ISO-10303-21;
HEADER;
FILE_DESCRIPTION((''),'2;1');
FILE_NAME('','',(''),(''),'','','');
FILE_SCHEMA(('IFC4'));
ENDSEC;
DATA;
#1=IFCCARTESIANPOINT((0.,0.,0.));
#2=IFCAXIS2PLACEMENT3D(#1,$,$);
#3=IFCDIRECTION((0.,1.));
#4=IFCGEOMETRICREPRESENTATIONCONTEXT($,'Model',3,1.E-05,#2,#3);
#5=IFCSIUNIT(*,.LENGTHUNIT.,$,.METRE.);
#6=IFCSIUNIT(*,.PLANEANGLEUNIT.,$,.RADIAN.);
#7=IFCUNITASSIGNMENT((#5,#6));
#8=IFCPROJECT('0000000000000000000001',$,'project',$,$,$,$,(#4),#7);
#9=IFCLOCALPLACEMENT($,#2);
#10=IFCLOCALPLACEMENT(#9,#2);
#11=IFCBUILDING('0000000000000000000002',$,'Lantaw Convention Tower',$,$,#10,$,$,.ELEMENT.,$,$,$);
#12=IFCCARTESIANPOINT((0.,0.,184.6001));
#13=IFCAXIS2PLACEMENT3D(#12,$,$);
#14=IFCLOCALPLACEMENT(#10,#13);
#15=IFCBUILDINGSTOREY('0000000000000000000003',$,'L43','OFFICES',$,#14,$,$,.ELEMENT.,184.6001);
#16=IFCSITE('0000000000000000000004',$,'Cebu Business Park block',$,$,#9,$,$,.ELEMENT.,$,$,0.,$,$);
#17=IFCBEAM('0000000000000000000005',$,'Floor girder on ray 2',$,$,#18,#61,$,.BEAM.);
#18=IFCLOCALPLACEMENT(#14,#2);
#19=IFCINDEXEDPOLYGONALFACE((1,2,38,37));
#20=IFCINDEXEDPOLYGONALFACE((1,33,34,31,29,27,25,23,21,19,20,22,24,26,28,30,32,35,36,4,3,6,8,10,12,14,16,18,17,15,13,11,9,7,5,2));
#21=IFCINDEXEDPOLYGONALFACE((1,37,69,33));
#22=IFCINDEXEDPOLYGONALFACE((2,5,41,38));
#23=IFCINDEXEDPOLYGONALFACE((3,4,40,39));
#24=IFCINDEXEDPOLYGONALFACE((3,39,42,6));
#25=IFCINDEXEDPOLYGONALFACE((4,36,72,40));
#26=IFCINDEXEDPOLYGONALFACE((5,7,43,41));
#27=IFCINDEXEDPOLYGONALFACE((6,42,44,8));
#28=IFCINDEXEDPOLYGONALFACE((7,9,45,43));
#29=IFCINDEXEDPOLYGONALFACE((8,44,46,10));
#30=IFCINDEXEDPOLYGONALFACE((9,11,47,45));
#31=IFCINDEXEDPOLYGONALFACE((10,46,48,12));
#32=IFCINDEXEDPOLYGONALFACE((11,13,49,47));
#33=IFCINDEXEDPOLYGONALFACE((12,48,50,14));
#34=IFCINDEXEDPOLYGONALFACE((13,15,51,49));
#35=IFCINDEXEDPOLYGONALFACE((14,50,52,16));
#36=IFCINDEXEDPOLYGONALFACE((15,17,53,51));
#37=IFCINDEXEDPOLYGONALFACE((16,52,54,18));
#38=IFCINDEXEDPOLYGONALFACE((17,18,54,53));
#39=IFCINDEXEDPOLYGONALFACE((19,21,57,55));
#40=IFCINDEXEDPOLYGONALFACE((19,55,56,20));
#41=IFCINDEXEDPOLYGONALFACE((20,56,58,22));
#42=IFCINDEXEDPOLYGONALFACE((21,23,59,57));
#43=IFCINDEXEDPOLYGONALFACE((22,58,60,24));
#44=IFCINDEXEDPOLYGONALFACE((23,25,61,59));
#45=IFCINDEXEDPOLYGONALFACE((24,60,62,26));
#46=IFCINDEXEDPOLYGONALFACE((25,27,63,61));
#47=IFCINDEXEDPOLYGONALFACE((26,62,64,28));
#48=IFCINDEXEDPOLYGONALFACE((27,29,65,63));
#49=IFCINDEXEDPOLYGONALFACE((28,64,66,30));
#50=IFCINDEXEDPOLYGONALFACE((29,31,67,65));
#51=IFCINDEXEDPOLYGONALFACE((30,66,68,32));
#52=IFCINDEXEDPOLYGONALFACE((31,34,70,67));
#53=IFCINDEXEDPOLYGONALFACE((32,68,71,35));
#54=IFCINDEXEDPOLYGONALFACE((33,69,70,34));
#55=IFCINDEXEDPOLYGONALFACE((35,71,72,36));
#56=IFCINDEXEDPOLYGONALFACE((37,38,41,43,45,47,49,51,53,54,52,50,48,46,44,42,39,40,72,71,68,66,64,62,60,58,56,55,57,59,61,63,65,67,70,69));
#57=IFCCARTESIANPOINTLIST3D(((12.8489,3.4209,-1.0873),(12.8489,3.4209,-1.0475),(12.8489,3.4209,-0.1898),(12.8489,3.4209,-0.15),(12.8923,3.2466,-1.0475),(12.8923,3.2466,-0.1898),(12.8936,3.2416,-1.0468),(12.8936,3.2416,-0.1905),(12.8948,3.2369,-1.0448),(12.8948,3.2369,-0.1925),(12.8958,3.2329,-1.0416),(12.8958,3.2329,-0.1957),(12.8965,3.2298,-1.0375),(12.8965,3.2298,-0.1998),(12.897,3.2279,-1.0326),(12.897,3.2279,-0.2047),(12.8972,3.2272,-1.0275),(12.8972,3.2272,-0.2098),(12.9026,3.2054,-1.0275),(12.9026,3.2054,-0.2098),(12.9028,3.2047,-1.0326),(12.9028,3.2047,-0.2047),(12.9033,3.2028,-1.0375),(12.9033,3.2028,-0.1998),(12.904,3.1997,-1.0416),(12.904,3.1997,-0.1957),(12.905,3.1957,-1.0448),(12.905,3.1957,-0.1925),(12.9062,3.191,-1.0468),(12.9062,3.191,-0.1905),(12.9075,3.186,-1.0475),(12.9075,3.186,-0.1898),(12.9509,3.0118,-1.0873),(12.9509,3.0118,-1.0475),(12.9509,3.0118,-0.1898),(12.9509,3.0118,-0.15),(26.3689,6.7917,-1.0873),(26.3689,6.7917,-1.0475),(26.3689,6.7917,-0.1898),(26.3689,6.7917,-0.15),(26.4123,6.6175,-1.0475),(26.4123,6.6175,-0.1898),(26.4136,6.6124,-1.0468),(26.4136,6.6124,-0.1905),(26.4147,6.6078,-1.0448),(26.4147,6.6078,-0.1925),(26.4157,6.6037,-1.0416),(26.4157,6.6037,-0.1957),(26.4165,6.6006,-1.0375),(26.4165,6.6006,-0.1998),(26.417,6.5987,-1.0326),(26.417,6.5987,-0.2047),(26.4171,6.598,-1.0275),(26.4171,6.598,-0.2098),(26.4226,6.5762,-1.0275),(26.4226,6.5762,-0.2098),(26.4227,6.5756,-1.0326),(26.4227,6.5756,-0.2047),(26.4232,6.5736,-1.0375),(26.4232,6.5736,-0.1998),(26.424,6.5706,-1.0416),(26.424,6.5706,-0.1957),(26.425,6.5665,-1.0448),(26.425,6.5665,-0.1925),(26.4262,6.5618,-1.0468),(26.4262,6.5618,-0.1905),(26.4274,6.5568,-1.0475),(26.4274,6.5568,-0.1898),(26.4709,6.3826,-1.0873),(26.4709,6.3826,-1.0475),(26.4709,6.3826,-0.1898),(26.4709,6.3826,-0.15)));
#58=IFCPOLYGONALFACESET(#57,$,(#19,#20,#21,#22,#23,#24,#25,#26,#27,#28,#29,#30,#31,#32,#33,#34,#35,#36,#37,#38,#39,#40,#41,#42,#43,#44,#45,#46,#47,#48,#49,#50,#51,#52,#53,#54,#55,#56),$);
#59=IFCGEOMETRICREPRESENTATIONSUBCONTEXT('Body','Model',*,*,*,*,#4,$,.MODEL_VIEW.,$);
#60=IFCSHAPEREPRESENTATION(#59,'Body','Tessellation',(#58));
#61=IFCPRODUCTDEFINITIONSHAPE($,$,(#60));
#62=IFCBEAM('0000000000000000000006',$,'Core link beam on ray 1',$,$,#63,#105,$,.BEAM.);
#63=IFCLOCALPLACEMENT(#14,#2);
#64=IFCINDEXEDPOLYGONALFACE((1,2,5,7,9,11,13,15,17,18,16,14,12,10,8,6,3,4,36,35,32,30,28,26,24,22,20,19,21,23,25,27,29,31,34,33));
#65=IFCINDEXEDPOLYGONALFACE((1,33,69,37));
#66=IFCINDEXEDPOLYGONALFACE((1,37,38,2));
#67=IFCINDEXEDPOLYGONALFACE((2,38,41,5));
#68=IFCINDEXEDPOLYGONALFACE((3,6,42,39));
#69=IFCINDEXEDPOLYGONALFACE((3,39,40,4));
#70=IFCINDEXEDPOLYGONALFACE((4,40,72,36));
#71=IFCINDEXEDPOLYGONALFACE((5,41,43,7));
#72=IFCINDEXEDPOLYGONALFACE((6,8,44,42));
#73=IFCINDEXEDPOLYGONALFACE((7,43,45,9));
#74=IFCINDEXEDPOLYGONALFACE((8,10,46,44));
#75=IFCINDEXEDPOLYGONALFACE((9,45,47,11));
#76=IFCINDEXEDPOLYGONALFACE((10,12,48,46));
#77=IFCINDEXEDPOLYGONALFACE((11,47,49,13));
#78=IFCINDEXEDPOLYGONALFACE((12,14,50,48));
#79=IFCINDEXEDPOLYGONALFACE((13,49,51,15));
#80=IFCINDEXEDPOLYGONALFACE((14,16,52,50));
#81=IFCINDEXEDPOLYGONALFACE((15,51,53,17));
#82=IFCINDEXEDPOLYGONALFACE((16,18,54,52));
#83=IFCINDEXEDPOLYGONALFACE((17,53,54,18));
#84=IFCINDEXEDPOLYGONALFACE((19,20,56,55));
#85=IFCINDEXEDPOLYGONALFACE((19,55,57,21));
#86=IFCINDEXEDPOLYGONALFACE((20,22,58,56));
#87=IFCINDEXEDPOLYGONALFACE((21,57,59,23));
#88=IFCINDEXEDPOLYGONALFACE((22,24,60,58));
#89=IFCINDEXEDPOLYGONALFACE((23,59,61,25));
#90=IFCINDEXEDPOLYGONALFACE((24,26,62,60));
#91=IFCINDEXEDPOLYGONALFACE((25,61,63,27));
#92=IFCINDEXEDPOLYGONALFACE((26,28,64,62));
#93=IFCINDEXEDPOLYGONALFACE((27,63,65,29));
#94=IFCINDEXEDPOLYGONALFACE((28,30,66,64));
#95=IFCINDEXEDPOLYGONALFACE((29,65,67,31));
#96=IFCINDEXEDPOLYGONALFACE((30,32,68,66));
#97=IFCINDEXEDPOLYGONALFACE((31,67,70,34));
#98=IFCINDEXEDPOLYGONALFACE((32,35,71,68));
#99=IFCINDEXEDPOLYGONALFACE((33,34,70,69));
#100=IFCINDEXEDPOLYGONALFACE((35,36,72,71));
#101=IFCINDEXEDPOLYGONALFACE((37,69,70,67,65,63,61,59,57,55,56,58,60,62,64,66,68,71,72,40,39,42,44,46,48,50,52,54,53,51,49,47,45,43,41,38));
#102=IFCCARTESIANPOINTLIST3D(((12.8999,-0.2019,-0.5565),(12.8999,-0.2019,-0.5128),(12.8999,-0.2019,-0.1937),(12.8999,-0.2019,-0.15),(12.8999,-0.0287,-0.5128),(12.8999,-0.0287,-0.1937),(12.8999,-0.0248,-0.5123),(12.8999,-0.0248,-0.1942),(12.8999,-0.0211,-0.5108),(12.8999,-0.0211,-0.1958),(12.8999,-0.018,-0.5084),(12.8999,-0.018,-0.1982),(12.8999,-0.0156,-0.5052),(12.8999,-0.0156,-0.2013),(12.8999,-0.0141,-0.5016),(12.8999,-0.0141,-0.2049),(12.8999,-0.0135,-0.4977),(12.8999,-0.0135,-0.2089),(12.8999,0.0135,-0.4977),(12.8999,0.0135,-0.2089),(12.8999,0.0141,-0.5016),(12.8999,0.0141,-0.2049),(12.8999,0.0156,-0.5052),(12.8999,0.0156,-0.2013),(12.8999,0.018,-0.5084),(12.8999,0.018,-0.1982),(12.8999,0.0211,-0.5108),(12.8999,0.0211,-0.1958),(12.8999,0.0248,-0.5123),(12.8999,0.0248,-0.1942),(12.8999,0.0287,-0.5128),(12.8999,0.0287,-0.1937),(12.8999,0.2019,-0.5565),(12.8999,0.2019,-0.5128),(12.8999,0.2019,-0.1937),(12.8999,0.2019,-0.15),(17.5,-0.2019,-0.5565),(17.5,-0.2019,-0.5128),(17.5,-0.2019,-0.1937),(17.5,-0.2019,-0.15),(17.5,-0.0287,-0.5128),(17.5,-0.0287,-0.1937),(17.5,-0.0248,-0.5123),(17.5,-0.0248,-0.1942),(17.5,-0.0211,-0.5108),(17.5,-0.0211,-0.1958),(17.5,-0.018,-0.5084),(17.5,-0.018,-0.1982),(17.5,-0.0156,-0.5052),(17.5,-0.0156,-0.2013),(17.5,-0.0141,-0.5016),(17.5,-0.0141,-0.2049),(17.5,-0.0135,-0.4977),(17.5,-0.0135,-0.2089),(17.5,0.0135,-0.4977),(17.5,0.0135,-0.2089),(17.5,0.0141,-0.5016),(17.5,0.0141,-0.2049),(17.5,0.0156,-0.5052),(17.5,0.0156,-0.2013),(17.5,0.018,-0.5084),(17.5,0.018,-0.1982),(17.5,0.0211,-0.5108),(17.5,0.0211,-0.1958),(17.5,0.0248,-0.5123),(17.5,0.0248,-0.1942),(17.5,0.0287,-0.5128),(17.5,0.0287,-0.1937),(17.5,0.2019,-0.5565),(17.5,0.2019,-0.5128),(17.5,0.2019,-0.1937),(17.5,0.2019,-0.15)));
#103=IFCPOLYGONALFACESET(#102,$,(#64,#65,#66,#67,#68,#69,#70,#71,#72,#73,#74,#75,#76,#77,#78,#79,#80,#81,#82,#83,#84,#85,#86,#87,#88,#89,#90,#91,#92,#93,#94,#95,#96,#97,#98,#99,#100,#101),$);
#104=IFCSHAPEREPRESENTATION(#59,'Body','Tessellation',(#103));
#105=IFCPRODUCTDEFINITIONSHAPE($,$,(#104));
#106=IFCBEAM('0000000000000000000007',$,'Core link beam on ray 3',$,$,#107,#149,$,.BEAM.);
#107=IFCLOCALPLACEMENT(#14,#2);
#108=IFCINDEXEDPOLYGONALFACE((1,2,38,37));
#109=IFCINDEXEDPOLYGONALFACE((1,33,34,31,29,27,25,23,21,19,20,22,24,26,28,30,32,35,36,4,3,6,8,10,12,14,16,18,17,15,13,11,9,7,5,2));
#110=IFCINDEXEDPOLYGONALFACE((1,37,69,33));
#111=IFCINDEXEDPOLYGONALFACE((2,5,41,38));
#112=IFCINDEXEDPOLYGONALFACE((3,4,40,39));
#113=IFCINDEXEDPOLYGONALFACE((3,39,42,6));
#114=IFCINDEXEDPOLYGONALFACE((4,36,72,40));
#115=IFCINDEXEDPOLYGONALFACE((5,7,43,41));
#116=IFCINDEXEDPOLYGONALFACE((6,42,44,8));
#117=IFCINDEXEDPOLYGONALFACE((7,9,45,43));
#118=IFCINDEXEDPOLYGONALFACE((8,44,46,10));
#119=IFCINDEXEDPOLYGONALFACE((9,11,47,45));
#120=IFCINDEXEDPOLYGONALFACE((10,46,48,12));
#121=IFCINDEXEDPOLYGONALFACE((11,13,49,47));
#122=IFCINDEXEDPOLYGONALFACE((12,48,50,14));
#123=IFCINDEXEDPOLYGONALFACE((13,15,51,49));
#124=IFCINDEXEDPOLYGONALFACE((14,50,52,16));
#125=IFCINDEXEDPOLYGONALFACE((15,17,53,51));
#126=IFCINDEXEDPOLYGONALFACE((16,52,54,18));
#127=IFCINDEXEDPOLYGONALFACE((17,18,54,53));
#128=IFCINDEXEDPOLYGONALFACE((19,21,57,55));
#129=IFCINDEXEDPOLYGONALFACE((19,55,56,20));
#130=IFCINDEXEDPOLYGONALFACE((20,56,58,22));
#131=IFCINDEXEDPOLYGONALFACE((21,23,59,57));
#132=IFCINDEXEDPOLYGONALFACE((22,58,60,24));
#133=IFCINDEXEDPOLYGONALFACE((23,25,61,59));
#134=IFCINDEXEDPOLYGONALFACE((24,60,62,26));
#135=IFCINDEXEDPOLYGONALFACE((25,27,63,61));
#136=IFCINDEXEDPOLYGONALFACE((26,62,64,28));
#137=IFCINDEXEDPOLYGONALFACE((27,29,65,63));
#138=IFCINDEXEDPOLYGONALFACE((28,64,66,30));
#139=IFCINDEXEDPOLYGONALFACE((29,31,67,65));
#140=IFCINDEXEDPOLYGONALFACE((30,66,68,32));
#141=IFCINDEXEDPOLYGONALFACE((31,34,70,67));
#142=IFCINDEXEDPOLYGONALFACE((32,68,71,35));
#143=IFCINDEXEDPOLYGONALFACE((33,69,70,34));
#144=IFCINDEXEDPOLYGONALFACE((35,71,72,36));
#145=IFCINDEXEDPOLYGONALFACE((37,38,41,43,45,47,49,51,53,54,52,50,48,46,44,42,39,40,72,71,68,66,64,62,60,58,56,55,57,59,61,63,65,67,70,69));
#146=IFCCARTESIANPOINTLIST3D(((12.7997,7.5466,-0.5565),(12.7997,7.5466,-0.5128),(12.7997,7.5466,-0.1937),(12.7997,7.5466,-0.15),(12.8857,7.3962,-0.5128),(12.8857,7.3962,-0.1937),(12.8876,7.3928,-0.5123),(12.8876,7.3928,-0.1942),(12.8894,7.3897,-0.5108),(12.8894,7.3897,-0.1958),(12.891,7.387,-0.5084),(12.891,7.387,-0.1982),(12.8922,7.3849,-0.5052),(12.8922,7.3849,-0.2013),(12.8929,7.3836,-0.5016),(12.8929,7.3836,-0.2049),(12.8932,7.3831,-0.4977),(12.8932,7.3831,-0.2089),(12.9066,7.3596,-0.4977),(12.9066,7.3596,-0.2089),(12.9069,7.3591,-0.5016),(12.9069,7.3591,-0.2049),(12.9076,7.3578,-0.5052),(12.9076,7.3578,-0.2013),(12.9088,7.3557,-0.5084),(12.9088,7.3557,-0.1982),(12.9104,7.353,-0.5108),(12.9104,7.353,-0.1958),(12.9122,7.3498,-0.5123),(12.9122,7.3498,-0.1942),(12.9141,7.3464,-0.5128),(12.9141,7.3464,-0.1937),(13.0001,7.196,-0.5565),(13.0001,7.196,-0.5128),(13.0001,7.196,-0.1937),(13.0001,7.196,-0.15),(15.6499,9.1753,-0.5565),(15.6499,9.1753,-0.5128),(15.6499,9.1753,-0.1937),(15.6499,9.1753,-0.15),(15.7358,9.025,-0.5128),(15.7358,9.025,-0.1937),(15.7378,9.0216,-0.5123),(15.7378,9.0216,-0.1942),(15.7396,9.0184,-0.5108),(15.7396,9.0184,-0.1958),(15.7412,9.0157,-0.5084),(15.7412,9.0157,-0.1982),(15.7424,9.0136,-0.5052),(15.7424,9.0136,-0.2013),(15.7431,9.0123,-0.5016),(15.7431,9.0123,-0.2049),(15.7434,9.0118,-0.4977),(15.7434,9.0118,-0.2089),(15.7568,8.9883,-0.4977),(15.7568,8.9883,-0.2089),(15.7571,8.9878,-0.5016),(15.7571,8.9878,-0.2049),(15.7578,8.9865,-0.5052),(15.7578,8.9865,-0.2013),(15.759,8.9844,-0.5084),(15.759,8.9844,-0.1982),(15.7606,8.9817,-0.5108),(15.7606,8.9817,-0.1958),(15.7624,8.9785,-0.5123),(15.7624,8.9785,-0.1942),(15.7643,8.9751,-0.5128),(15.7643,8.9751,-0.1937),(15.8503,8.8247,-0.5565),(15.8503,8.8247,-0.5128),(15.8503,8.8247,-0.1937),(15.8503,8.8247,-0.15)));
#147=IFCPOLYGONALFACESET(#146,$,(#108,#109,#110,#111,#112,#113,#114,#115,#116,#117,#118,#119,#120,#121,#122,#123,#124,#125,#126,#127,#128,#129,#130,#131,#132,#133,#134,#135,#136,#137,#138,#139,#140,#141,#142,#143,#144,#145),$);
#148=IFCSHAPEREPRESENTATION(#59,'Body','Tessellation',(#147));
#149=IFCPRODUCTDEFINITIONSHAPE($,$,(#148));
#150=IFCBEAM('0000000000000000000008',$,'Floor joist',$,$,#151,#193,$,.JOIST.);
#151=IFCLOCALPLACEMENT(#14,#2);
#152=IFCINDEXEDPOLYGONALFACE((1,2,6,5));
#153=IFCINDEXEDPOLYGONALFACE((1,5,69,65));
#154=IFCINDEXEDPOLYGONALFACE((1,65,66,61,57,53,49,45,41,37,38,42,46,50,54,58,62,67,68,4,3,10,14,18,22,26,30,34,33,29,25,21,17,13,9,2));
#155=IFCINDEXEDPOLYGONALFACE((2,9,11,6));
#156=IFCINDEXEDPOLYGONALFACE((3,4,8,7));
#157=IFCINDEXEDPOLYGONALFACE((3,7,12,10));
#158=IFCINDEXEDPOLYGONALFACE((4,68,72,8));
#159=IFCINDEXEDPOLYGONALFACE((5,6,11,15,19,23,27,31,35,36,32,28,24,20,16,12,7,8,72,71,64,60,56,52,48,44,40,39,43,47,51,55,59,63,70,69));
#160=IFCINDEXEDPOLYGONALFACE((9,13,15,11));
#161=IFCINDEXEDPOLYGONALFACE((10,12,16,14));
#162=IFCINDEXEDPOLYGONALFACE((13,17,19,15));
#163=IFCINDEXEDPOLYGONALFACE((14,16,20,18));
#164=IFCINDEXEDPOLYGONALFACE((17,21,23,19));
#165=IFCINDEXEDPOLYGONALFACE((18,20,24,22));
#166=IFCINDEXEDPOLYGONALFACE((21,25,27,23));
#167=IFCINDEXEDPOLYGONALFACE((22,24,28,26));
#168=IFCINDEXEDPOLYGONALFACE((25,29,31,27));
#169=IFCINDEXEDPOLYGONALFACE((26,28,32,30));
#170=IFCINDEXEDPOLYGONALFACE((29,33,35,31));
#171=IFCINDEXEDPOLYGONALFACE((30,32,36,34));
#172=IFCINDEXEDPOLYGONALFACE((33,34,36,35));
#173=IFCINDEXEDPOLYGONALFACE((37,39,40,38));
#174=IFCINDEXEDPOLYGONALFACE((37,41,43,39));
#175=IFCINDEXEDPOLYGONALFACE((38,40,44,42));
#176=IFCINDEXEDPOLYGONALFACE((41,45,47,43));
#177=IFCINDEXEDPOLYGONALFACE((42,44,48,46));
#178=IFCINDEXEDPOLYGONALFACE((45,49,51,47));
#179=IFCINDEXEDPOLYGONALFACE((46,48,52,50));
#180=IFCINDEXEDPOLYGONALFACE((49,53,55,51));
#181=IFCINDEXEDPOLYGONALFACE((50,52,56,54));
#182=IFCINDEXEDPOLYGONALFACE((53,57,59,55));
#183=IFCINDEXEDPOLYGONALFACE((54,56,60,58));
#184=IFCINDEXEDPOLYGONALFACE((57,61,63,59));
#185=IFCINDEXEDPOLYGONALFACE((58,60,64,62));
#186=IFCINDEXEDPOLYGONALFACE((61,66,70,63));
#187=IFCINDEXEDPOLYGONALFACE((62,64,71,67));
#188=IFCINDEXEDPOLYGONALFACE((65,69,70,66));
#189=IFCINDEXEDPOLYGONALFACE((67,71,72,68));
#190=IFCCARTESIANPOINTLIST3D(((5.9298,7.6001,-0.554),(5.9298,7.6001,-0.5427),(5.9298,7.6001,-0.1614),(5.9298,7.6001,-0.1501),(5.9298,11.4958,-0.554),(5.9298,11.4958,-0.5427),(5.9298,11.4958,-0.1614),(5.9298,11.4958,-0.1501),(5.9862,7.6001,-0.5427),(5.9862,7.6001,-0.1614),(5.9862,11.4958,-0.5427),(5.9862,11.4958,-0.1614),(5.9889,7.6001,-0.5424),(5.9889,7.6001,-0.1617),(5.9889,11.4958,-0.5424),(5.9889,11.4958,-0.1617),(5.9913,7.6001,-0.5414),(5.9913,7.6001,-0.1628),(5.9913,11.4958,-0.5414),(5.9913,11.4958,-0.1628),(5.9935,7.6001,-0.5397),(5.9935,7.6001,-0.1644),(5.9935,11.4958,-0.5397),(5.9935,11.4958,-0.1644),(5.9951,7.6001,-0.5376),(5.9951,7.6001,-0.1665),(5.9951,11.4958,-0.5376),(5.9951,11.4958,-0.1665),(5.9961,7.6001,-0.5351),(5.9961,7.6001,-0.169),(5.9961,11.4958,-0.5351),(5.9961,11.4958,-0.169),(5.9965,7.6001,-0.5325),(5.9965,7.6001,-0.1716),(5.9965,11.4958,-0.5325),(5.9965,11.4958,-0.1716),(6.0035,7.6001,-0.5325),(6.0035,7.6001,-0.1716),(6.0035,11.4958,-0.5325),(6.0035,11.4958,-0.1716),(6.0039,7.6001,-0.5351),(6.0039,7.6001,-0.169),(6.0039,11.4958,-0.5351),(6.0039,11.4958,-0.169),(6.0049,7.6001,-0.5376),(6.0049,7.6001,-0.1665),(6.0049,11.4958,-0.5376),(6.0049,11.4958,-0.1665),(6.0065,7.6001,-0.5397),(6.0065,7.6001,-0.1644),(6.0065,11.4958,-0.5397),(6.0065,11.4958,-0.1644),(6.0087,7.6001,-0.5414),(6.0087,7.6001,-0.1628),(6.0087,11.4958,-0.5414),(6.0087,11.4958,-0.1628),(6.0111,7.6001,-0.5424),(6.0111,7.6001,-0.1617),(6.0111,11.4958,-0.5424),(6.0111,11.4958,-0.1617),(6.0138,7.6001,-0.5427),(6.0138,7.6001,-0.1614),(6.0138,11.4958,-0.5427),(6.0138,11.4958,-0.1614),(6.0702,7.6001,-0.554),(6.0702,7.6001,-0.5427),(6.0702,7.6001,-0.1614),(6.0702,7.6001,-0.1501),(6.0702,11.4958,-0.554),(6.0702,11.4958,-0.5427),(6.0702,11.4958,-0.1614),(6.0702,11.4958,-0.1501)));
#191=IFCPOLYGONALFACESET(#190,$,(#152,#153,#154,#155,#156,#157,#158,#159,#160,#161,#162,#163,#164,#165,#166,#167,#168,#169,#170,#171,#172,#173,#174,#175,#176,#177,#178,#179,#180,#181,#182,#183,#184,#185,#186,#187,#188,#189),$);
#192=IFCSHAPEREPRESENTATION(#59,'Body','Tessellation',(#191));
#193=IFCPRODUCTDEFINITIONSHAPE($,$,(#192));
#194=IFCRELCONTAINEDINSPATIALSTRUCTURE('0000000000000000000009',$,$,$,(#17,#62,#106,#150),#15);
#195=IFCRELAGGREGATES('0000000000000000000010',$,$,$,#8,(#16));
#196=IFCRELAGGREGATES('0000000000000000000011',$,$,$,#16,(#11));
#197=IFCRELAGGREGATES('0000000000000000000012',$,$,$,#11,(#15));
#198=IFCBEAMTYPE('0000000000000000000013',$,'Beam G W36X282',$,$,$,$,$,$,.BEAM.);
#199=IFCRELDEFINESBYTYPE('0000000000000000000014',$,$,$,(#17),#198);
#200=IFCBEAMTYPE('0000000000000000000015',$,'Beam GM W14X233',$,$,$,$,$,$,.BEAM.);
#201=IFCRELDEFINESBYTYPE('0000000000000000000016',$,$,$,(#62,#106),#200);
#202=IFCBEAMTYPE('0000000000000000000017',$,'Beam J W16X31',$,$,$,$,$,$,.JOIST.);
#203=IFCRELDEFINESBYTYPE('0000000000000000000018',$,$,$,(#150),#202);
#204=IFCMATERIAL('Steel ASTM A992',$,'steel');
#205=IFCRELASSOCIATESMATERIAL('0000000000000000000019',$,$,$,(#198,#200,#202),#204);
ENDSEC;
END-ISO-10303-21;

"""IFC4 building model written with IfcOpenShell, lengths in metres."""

from ifc_helpers import new_model, si_unit, direction, frame, origin, origin_2d, place, context, subcontext, project, spatial, i_section, extrude, material, material_profile, profile_set, type_object, element, save


model = new_model("IFC4")

# Units and contexts
model_context = context("Model", 3, precision=1e-05, world=origin(), true_north=direction((0.0, 1.0)))
body_context = subcontext(model_context, "Body", "Model", "MODEL_VIEW")
ifc_project = project(units=[si_unit("LENGTHUNIT", "METRE"), si_unit("PLANEANGLEUNIT", "RADIAN")], contexts=[model_context])

# Site, building, storey
site_placement = place(None, origin())
site = spatial("IfcSite", under=ifc_project, at=site_placement, Name="Cebu Business Park block", CompositionType="ELEMENT", RefElevation=0.0)
building_placement = place(site_placement, origin())
building = spatial("IfcBuilding", under=site, at=building_placement, Name="Lantaw Convention Tower", CompositionType="ELEMENT")
storey_placement = place(building_placement, frame((0.0, 0.0, 184.6001)))
storey = spatial("IfcBuildingStorey", under=building, at=storey_placement, Name="L43", Description="OFFICES", CompositionType="ELEMENT", Elevation=184.6001)

# Beams
ifc_material_1 = material(Name="Steel ASTM A992", Category="steel")
ifc_material_profile_1 = material_profile(ifc_material_1, i_section(OverallWidth=0.4216, OverallDepth=0.9373, WebThickness=0.0225, FlangeThickness=0.0398, FilletRadius=0.02, at=origin_2d()), Name="W36X282")
ifc_profile_set_1 = profile_set([ifc_material_profile_1], Name="Steel ASTM A992")
beam_type_1 = type_object("IfcBeamType", Name="Beam G W36X282", PredefinedType="BEAM", material=ifc_profile_set_1)
beam_1_placement = place(storey_placement, frame((12.8999, 3.2163, -0.6187), z_axis=(0.970297, 0.241917, 0.0), x_axis=(-0.241917, 0.970297, 0.0)))
element("IfcBeam", 1, at=beam_1_placement, inside=storey, type_object=beam_type_1, Name="Floor girder on ray 2", PredefinedType="BEAM", context=body_context, shape_type="SweptSolid", body=[
    extrude(i_section(OverallWidth=0.4216, OverallDepth=0.9373, WebThickness=0.0225, FlangeThickness=0.0398, FilletRadius=0.02, at=origin_2d()), origin(), (0.0, 0.0, 1.0), 13.9338),
])
ifc_material_profile_2 = material_profile(ifc_material_1, i_section(OverallWidth=0.4038, OverallDepth=0.4065, WebThickness=0.0271, FlangeThickness=0.0437, FilletRadius=0.0151, at=origin_2d()), Name="W14X233")
ifc_profile_set_2 = profile_set([ifc_material_profile_2], Name="Steel ASTM A992")
beam_type_2 = type_object("IfcBeamType", Name="Beam GM W14X233", PredefinedType="BEAM", material=ifc_profile_set_2)
beam_2_placement = place(storey_placement, frame((12.8999, 0.0, -0.3533), z_axis=(1.0, 0.0, 0.0), x_axis=(0.0, 1.0, 0.0)))
element("IfcBeam", 2, at=beam_2_placement, inside=storey, type_object=beam_type_2, Name="Core link beam on ray 1", PredefinedType="BEAM", context=body_context, shape_type="SweptSolid", body=[
    extrude(i_section(OverallWidth=0.4038, OverallDepth=0.4065, WebThickness=0.0271, FlangeThickness=0.0437, FilletRadius=0.0151, at=origin_2d()), origin(), (0.0, 0.0, 1.0), 4.6001),
])
beam_3_placement = place(storey_placement, frame((12.8999, 7.3713, -0.3533), z_axis=(0.868239, 0.496147, 0.0), x_axis=(-0.496147, 0.868239, 0.0)))
element("IfcBeam", 3, at=beam_3_placement, inside=storey, type_object=beam_type_2, Name="Core link beam on ray 3", PredefinedType="BEAM", context=body_context, shape_type="SweptSolid", body=[
    extrude(i_section(OverallWidth=0.4038, OverallDepth=0.4065, WebThickness=0.0271, FlangeThickness=0.0437, FilletRadius=0.0151, at=origin_2d()), origin(), (0.0, 0.0, 1.0), 3.2827),
])
ifc_material_profile_3 = material_profile(ifc_material_1, i_section(OverallWidth=0.1404, OverallDepth=0.4038, WebThickness=0.0071, FlangeThickness=0.0112, FilletRadius=0.0103, at=origin_2d()), Name="W16X31")
ifc_profile_set_3 = profile_set([ifc_material_profile_3], Name="Steel ASTM A992")
beam_type_3 = type_object("IfcBeamType", Name="Beam J W16X31", PredefinedType="JOIST", material=ifc_profile_set_3)
beam_4_placement = place(storey_placement, frame((6.0, 7.6001, -0.3521), z_axis=(0.0, 1.0, 0.0), x_axis=(-1.0, 0.0, 0.0)))
element("IfcBeam", 4, at=beam_4_placement, inside=storey, type_object=beam_type_3, Name="Floor joist", PredefinedType="JOIST", context=body_context, shape_type="SweptSolid", body=[
    extrude(i_section(OverallWidth=0.1404, OverallDepth=0.4038, WebThickness=0.0071, FlangeThickness=0.0112, FilletRadius=0.0103, at=origin_2d()), origin(), (0.0, 0.0, 1.0), 3.8958),
])

save(model, "model.ifc")
